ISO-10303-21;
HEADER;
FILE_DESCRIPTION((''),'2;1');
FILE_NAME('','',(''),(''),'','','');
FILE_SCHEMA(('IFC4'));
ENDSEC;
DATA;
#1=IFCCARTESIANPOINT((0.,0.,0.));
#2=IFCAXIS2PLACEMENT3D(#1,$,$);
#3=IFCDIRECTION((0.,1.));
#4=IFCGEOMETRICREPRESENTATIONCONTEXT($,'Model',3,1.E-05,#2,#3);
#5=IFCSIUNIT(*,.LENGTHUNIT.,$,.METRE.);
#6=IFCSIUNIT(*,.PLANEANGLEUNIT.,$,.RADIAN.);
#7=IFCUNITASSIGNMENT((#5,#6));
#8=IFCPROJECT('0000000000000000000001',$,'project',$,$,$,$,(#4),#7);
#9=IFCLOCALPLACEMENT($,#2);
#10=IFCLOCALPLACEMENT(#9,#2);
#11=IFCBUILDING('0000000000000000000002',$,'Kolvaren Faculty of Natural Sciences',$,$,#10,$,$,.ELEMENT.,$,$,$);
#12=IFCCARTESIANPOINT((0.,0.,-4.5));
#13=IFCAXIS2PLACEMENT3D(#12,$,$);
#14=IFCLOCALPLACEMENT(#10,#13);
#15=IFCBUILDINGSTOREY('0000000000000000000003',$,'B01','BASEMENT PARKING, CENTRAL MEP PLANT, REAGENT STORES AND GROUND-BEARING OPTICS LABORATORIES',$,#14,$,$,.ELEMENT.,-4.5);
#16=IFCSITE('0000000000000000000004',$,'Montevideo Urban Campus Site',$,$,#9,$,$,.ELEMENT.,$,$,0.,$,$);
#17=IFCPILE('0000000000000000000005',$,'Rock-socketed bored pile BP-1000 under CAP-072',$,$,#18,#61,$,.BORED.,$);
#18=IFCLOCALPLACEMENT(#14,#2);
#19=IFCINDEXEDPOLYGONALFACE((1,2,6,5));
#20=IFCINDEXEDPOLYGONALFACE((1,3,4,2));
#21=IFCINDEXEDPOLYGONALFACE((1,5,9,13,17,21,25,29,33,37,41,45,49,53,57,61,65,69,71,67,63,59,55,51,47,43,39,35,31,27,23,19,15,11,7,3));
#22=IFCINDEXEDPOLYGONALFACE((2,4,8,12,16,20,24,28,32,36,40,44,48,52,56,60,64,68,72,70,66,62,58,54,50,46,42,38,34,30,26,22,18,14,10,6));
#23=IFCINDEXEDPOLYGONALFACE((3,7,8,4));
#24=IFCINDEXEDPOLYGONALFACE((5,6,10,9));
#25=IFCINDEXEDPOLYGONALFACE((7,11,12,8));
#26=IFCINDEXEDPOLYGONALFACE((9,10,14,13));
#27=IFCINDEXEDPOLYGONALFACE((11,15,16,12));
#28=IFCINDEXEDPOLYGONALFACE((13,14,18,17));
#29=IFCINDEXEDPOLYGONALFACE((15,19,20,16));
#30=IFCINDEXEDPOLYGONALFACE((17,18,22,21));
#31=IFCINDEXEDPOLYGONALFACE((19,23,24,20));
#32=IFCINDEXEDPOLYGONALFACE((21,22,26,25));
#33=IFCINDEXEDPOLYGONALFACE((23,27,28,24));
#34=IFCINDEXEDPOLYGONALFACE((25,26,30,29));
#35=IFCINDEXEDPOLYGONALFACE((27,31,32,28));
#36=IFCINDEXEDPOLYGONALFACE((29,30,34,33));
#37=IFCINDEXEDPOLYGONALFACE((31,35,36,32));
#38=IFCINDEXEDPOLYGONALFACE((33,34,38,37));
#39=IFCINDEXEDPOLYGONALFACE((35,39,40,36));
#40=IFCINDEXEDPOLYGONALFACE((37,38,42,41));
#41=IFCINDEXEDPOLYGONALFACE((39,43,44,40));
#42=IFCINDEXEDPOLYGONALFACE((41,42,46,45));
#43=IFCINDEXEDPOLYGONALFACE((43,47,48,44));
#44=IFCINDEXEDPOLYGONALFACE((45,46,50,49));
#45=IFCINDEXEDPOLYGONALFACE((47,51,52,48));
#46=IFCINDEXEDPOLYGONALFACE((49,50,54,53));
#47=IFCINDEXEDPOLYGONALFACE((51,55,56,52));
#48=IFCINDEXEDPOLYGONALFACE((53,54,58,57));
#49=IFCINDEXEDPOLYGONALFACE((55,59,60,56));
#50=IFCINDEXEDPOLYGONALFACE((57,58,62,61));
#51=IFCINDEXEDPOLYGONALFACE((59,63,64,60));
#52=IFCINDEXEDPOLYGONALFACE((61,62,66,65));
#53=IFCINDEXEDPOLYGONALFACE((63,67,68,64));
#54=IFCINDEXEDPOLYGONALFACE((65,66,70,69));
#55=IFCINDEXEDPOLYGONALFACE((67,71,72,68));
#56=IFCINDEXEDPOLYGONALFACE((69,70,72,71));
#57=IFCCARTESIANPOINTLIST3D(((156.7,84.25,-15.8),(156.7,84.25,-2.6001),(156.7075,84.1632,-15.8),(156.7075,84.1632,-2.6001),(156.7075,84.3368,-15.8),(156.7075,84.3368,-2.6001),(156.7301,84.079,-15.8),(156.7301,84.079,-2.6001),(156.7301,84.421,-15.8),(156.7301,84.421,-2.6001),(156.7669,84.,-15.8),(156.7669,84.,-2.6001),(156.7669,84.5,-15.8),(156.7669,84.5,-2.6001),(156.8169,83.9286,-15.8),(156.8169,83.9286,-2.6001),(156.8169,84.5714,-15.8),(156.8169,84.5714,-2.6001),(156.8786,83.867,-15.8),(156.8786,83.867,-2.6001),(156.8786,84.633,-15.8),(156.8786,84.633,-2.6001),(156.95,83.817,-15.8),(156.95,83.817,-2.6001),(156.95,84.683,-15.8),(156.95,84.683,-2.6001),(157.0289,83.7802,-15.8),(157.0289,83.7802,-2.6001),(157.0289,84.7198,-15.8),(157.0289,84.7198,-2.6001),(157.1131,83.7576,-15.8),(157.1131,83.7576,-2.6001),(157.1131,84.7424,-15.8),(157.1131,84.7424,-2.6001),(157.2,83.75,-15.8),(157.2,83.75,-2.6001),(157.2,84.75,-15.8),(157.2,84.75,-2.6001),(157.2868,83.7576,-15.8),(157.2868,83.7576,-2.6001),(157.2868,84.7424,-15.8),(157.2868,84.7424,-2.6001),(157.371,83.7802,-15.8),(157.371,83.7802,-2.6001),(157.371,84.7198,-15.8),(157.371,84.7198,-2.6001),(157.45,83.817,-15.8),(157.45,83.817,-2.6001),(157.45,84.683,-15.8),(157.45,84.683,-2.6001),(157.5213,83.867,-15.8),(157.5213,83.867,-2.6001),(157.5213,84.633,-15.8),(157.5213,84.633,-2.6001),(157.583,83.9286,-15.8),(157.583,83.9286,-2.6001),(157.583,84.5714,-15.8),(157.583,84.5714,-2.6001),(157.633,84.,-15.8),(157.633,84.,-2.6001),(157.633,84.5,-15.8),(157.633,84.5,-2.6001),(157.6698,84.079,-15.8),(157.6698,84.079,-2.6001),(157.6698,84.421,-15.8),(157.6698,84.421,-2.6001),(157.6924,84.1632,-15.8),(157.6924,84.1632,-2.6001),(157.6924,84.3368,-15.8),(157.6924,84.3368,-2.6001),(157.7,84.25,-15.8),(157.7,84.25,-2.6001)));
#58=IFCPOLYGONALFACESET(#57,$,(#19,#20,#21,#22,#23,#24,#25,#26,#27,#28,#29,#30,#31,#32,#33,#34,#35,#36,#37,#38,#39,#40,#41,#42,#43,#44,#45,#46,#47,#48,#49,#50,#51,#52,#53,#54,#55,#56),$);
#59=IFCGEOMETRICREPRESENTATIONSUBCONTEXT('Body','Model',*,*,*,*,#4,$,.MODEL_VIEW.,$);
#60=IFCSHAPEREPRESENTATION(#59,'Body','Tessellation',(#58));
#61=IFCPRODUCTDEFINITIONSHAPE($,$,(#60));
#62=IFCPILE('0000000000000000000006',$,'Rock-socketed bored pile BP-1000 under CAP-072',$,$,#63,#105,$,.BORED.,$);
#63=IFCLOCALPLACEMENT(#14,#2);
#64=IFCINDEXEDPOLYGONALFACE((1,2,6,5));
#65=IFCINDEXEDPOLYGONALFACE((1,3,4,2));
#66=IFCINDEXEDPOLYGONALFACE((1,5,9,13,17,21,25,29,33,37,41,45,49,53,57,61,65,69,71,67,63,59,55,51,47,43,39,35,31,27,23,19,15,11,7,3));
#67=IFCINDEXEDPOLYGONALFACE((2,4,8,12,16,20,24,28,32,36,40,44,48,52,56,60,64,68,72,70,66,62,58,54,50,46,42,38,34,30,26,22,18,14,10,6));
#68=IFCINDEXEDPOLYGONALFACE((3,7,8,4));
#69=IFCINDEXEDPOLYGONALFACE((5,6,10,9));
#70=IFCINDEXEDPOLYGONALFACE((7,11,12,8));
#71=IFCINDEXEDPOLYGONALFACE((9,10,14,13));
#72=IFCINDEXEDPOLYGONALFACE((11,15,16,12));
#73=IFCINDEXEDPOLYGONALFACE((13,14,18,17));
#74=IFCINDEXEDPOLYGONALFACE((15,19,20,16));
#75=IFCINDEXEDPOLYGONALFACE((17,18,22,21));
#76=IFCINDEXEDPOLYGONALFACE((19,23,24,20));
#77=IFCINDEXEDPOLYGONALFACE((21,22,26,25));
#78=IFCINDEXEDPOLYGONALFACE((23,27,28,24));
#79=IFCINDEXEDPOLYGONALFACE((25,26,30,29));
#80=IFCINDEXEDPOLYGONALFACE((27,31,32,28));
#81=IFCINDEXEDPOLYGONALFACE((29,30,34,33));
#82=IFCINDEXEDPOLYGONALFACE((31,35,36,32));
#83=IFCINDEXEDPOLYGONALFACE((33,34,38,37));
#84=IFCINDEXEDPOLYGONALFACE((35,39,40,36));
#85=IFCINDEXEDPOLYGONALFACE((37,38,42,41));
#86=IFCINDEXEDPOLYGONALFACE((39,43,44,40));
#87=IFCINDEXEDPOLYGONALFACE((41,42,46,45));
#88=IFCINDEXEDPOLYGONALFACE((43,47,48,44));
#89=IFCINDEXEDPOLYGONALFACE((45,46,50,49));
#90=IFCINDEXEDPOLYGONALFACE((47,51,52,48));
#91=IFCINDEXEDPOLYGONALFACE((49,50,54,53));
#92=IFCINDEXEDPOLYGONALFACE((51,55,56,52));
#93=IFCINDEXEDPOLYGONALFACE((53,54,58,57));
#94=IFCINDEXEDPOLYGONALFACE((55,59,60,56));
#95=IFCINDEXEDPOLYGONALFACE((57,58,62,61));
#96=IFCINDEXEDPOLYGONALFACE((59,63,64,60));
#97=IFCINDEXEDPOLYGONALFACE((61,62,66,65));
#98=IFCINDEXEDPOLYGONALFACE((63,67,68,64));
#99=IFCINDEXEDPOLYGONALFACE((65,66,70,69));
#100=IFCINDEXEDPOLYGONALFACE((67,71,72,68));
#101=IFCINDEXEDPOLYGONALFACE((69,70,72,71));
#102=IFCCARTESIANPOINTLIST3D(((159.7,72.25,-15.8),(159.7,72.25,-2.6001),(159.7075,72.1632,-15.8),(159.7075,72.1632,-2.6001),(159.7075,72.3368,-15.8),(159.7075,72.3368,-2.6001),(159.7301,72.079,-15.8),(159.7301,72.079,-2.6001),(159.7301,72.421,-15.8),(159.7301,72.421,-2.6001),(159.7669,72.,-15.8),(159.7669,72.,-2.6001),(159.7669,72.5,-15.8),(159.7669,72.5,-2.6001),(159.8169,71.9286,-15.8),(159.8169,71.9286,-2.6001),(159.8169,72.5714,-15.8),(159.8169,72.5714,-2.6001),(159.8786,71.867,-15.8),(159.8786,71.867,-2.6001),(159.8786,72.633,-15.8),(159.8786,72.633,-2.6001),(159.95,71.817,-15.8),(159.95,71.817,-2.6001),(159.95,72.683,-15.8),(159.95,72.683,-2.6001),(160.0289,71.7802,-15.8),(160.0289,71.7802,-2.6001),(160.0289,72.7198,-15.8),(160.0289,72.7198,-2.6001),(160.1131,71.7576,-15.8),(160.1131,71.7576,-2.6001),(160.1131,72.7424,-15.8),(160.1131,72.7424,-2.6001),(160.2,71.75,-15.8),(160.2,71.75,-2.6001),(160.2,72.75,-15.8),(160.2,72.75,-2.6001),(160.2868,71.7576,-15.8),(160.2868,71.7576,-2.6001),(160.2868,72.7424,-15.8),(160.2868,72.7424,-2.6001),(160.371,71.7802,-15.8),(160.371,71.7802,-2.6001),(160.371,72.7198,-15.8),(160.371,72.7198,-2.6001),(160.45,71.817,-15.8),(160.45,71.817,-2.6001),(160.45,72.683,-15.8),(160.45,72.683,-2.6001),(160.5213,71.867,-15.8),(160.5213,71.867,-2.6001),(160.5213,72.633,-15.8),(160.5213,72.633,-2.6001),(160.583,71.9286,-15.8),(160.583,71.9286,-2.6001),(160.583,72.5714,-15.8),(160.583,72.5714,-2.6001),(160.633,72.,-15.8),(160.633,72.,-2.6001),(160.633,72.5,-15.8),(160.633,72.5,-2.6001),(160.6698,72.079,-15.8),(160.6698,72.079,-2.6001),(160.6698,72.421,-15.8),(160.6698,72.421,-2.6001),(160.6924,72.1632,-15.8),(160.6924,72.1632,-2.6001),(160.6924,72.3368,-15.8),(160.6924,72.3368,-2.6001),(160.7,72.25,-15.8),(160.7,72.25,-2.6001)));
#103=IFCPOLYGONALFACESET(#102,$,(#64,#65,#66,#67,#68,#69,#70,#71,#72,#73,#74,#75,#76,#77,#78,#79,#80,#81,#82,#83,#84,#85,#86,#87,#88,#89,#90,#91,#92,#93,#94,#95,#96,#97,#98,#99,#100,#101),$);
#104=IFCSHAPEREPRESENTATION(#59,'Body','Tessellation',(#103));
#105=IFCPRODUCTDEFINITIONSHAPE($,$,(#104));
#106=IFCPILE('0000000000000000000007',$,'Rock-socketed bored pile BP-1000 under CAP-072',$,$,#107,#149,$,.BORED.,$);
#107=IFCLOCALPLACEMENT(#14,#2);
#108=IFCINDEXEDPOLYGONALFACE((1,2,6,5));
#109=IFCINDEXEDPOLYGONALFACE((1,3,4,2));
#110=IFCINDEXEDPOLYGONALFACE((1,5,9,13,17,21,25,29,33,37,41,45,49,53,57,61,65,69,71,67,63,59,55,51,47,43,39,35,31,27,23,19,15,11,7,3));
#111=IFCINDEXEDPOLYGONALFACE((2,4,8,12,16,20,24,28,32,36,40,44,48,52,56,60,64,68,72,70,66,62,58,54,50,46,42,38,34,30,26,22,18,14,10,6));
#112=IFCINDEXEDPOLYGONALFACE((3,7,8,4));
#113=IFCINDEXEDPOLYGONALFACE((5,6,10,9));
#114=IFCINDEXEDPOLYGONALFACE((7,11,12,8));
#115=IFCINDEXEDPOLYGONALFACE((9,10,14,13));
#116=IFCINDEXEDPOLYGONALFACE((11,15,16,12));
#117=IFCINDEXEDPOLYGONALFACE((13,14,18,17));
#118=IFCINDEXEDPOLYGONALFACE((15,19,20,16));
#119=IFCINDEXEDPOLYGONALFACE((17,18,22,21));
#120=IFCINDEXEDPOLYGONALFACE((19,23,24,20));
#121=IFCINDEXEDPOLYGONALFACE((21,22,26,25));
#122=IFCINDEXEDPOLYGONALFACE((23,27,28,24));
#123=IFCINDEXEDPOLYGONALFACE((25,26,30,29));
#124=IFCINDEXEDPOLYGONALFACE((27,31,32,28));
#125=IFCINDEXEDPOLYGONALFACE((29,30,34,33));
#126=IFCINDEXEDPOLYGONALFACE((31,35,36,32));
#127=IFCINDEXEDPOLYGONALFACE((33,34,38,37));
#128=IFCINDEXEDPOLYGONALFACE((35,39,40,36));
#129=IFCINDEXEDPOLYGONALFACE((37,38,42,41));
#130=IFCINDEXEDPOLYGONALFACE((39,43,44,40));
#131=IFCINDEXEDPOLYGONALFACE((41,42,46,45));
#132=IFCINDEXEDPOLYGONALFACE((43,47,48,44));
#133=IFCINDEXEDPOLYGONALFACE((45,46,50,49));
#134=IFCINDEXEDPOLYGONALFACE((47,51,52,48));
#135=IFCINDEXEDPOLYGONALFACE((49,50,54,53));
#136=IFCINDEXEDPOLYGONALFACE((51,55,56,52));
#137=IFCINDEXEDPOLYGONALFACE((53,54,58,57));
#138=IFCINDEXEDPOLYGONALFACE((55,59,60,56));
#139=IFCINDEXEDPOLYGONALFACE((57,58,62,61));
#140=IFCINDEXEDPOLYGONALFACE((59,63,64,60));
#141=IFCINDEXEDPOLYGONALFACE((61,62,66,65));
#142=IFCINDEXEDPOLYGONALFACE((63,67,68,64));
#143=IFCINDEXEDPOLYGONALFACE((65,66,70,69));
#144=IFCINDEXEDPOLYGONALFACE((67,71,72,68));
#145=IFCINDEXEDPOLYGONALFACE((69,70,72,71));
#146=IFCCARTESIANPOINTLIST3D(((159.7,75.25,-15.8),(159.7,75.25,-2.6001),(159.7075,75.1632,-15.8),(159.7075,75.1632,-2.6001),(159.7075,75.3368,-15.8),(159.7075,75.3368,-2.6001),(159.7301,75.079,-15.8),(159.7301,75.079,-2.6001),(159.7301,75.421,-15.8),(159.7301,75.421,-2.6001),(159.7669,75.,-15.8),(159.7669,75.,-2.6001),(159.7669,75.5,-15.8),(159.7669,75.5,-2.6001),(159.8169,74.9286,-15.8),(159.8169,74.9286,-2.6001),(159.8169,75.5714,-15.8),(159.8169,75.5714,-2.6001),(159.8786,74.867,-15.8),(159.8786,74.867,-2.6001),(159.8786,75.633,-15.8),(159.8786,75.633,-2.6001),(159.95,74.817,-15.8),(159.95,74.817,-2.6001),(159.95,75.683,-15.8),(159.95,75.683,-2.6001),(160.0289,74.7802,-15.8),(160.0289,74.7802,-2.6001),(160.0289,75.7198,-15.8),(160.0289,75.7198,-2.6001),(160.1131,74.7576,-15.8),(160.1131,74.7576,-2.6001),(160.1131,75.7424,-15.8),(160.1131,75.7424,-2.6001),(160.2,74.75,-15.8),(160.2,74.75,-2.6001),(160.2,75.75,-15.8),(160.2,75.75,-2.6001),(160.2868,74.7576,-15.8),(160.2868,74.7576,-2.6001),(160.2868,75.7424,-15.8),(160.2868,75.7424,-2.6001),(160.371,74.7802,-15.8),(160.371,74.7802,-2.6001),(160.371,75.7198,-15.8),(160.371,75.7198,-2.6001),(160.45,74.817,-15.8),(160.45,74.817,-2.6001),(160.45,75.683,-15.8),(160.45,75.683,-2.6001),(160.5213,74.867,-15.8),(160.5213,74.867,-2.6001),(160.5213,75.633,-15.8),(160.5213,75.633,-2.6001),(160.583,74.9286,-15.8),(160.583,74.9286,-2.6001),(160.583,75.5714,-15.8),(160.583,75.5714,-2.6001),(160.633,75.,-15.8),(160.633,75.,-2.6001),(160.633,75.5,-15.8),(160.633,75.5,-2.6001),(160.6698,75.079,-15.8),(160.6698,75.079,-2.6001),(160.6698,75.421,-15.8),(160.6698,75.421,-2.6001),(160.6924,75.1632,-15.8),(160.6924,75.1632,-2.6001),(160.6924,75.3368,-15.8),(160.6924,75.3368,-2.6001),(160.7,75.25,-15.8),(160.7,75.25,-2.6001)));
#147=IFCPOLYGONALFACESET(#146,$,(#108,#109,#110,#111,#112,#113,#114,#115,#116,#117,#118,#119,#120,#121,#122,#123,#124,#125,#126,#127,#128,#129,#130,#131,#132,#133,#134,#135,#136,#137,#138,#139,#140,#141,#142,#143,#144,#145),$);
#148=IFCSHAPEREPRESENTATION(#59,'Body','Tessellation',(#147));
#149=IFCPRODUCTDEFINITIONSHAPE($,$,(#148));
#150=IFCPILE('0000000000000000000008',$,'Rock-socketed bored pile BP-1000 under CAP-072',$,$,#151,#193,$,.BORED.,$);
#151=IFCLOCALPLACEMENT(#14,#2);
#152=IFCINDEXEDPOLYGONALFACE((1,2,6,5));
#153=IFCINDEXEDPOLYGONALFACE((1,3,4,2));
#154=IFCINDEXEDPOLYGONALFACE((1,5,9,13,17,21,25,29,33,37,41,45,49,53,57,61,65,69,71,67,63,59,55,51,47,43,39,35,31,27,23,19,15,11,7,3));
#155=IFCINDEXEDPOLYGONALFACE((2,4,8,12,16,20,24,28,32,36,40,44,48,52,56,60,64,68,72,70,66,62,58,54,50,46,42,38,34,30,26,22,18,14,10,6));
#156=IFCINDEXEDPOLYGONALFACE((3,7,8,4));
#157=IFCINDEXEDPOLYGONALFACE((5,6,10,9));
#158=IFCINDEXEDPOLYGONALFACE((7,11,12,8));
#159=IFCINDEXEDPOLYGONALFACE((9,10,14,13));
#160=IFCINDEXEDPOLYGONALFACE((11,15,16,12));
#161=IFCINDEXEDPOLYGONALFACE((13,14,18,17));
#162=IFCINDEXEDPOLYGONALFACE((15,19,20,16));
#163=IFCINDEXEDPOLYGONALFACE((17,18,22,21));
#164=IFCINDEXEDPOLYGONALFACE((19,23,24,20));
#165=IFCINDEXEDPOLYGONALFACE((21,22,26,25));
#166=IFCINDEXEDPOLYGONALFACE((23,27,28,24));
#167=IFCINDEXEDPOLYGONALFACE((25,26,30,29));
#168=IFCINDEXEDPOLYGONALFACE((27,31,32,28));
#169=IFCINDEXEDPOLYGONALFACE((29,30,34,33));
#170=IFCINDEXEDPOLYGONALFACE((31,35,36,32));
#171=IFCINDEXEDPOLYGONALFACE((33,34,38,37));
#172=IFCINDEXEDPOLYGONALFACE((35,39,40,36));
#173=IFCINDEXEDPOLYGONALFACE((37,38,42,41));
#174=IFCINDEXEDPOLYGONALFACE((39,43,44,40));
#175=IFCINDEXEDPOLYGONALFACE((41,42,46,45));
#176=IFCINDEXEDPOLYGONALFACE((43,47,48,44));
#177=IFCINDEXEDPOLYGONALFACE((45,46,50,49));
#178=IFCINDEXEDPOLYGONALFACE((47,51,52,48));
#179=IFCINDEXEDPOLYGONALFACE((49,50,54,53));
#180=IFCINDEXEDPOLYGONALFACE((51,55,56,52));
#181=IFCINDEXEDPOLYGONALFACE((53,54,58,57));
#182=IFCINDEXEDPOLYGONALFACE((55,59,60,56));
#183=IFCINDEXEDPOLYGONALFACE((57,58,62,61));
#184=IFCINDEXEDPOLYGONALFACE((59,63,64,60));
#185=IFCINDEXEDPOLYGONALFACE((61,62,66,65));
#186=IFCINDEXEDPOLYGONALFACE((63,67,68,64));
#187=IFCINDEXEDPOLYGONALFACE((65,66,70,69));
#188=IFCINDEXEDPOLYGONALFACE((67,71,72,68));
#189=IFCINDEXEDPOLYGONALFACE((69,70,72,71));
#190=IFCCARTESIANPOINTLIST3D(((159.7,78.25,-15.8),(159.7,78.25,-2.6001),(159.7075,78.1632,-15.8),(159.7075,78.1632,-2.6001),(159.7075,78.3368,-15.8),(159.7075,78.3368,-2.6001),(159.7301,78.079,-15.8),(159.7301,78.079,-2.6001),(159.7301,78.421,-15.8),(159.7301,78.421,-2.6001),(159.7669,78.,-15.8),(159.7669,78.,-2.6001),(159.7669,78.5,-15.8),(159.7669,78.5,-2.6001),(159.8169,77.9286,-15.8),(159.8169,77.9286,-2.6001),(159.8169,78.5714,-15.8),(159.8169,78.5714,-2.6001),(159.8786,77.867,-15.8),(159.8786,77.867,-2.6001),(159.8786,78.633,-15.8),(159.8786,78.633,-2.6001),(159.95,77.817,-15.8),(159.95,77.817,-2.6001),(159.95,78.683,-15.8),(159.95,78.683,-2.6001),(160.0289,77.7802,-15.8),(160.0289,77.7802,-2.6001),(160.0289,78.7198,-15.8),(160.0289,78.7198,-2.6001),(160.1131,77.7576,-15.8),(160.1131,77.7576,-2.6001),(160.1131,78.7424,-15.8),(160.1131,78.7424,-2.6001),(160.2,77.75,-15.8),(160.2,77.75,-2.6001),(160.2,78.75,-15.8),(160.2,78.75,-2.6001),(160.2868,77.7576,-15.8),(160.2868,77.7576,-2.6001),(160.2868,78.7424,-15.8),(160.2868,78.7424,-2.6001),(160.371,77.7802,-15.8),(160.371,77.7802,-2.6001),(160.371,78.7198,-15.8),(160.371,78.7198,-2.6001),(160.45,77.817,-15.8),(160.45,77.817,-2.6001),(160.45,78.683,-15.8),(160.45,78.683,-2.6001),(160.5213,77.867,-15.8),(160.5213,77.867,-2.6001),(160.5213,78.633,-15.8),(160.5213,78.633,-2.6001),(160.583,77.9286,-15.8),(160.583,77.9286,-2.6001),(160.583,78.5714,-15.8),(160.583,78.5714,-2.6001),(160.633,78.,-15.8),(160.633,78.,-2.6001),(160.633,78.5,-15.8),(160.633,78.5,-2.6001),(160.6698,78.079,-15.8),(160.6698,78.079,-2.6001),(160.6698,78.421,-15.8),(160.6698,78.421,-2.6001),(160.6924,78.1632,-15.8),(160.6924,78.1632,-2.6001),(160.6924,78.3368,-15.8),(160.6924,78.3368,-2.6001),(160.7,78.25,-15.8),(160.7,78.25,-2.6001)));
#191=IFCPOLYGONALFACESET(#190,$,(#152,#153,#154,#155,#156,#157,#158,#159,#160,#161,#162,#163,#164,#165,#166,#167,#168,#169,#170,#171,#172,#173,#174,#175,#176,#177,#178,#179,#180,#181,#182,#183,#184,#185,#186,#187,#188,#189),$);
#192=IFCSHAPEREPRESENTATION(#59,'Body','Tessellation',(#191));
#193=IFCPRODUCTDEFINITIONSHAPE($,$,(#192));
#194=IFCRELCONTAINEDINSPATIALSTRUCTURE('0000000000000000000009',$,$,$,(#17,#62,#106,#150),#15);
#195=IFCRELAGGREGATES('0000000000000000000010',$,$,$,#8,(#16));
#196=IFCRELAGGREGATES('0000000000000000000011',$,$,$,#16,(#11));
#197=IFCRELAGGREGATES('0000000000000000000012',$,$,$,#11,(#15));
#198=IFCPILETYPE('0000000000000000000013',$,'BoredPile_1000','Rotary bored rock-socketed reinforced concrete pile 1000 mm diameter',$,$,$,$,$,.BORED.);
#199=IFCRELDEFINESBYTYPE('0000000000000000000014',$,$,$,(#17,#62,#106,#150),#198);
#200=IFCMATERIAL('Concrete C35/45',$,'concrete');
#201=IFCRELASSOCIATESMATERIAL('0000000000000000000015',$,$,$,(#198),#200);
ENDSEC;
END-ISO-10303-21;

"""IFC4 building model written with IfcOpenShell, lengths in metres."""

from ifc_helpers import new_model, si_unit, direction, frame, origin, origin_2d, place, context, subcontext, project, spatial, circle, extrude, material, material_profile, profile_set, type_object, element, save


model = new_model("IFC4")

# Units and contexts
model_context = context("Model", 3, precision=1e-05, world=origin(), true_north=direction((0.0, 1.0)))
body_context = subcontext(model_context, "Body", "Model", "MODEL_VIEW")
ifc_project = project(units=[si_unit("LENGTHUNIT", "METRE"), si_unit("PLANEANGLEUNIT", "RADIAN")], contexts=[model_context])

# Site, building, storey
site_placement = place(None, origin())
site = spatial("IfcSite", under=ifc_project, at=site_placement, Name="Montevideo Urban Campus Site", CompositionType="ELEMENT", RefElevation=0.0)
building_placement = place(site_placement, origin())
building = spatial("IfcBuilding", under=site, at=building_placement, Name="Kolvaren Faculty of Natural Sciences", CompositionType="ELEMENT")
storey_placement = place(building_placement, frame((0.0, 0.0, -4.5)))
storey = spatial("IfcBuildingStorey", under=building, at=storey_placement, Name="B01", Description="BASEMENT PARKING, CENTRAL MEP PLANT, REAGENT STORES AND GROUND-BEARING OPTICS LABORATORIES", CompositionType="ELEMENT", Elevation=-4.5)

# Piles
ifc_material_1 = material(Name="Concrete C35/45", Category="concrete")
ifc_material_profile_1 = material_profile(ifc_material_1, circle(Radius=0.5, at=origin_2d()), Name="PILE D1000")
ifc_profile_set_1 = profile_set([ifc_material_profile_1], Name="Concrete C35/45")
pile_type = type_object("IfcPileType", Name="BoredPile_1000", Description="Rotary bored rock-socketed reinforced concrete pile 1000 mm diameter", PredefinedType="BORED", material=ifc_profile_set_1)
for number, where, z_axis, x_axis, name in (
    (1, (157.2, 84.25, -2.6001), (0.0, 0.0, -1.0), (1.0, 0.0, 0.0), "Rock-socketed bored pile BP-1000 under CAP-072"),
    (2, (160.2, 72.25, -2.6001), (0.0, 0.0, -1.0), (1.0, 0.0, 0.0), "Rock-socketed bored pile BP-1000 under CAP-072"),
    (3, (160.2, 75.25, -2.6001), (0.0, 0.0, -1.0), (1.0, 0.0, 0.0), "Rock-socketed bored pile BP-1000 under CAP-072"),
    (4, (160.2, 78.25, -2.6001), (0.0, 0.0, -1.0), (1.0, 0.0, 0.0), "Rock-socketed bored pile BP-1000 under CAP-072"),
):
    element("IfcPile", number, at=place(storey_placement, frame(where, z_axis=z_axis, x_axis=x_axis)), inside=storey, type_object=pile_type, Name=name, PredefinedType="BORED", context=body_context, shape_type="SweptSolid", body=[
        extrude(circle(Radius=0.5, at=origin_2d()), origin(), (0.0, 0.0, 1.0), 13.2),
    ])

save(model, "model.ifc")
